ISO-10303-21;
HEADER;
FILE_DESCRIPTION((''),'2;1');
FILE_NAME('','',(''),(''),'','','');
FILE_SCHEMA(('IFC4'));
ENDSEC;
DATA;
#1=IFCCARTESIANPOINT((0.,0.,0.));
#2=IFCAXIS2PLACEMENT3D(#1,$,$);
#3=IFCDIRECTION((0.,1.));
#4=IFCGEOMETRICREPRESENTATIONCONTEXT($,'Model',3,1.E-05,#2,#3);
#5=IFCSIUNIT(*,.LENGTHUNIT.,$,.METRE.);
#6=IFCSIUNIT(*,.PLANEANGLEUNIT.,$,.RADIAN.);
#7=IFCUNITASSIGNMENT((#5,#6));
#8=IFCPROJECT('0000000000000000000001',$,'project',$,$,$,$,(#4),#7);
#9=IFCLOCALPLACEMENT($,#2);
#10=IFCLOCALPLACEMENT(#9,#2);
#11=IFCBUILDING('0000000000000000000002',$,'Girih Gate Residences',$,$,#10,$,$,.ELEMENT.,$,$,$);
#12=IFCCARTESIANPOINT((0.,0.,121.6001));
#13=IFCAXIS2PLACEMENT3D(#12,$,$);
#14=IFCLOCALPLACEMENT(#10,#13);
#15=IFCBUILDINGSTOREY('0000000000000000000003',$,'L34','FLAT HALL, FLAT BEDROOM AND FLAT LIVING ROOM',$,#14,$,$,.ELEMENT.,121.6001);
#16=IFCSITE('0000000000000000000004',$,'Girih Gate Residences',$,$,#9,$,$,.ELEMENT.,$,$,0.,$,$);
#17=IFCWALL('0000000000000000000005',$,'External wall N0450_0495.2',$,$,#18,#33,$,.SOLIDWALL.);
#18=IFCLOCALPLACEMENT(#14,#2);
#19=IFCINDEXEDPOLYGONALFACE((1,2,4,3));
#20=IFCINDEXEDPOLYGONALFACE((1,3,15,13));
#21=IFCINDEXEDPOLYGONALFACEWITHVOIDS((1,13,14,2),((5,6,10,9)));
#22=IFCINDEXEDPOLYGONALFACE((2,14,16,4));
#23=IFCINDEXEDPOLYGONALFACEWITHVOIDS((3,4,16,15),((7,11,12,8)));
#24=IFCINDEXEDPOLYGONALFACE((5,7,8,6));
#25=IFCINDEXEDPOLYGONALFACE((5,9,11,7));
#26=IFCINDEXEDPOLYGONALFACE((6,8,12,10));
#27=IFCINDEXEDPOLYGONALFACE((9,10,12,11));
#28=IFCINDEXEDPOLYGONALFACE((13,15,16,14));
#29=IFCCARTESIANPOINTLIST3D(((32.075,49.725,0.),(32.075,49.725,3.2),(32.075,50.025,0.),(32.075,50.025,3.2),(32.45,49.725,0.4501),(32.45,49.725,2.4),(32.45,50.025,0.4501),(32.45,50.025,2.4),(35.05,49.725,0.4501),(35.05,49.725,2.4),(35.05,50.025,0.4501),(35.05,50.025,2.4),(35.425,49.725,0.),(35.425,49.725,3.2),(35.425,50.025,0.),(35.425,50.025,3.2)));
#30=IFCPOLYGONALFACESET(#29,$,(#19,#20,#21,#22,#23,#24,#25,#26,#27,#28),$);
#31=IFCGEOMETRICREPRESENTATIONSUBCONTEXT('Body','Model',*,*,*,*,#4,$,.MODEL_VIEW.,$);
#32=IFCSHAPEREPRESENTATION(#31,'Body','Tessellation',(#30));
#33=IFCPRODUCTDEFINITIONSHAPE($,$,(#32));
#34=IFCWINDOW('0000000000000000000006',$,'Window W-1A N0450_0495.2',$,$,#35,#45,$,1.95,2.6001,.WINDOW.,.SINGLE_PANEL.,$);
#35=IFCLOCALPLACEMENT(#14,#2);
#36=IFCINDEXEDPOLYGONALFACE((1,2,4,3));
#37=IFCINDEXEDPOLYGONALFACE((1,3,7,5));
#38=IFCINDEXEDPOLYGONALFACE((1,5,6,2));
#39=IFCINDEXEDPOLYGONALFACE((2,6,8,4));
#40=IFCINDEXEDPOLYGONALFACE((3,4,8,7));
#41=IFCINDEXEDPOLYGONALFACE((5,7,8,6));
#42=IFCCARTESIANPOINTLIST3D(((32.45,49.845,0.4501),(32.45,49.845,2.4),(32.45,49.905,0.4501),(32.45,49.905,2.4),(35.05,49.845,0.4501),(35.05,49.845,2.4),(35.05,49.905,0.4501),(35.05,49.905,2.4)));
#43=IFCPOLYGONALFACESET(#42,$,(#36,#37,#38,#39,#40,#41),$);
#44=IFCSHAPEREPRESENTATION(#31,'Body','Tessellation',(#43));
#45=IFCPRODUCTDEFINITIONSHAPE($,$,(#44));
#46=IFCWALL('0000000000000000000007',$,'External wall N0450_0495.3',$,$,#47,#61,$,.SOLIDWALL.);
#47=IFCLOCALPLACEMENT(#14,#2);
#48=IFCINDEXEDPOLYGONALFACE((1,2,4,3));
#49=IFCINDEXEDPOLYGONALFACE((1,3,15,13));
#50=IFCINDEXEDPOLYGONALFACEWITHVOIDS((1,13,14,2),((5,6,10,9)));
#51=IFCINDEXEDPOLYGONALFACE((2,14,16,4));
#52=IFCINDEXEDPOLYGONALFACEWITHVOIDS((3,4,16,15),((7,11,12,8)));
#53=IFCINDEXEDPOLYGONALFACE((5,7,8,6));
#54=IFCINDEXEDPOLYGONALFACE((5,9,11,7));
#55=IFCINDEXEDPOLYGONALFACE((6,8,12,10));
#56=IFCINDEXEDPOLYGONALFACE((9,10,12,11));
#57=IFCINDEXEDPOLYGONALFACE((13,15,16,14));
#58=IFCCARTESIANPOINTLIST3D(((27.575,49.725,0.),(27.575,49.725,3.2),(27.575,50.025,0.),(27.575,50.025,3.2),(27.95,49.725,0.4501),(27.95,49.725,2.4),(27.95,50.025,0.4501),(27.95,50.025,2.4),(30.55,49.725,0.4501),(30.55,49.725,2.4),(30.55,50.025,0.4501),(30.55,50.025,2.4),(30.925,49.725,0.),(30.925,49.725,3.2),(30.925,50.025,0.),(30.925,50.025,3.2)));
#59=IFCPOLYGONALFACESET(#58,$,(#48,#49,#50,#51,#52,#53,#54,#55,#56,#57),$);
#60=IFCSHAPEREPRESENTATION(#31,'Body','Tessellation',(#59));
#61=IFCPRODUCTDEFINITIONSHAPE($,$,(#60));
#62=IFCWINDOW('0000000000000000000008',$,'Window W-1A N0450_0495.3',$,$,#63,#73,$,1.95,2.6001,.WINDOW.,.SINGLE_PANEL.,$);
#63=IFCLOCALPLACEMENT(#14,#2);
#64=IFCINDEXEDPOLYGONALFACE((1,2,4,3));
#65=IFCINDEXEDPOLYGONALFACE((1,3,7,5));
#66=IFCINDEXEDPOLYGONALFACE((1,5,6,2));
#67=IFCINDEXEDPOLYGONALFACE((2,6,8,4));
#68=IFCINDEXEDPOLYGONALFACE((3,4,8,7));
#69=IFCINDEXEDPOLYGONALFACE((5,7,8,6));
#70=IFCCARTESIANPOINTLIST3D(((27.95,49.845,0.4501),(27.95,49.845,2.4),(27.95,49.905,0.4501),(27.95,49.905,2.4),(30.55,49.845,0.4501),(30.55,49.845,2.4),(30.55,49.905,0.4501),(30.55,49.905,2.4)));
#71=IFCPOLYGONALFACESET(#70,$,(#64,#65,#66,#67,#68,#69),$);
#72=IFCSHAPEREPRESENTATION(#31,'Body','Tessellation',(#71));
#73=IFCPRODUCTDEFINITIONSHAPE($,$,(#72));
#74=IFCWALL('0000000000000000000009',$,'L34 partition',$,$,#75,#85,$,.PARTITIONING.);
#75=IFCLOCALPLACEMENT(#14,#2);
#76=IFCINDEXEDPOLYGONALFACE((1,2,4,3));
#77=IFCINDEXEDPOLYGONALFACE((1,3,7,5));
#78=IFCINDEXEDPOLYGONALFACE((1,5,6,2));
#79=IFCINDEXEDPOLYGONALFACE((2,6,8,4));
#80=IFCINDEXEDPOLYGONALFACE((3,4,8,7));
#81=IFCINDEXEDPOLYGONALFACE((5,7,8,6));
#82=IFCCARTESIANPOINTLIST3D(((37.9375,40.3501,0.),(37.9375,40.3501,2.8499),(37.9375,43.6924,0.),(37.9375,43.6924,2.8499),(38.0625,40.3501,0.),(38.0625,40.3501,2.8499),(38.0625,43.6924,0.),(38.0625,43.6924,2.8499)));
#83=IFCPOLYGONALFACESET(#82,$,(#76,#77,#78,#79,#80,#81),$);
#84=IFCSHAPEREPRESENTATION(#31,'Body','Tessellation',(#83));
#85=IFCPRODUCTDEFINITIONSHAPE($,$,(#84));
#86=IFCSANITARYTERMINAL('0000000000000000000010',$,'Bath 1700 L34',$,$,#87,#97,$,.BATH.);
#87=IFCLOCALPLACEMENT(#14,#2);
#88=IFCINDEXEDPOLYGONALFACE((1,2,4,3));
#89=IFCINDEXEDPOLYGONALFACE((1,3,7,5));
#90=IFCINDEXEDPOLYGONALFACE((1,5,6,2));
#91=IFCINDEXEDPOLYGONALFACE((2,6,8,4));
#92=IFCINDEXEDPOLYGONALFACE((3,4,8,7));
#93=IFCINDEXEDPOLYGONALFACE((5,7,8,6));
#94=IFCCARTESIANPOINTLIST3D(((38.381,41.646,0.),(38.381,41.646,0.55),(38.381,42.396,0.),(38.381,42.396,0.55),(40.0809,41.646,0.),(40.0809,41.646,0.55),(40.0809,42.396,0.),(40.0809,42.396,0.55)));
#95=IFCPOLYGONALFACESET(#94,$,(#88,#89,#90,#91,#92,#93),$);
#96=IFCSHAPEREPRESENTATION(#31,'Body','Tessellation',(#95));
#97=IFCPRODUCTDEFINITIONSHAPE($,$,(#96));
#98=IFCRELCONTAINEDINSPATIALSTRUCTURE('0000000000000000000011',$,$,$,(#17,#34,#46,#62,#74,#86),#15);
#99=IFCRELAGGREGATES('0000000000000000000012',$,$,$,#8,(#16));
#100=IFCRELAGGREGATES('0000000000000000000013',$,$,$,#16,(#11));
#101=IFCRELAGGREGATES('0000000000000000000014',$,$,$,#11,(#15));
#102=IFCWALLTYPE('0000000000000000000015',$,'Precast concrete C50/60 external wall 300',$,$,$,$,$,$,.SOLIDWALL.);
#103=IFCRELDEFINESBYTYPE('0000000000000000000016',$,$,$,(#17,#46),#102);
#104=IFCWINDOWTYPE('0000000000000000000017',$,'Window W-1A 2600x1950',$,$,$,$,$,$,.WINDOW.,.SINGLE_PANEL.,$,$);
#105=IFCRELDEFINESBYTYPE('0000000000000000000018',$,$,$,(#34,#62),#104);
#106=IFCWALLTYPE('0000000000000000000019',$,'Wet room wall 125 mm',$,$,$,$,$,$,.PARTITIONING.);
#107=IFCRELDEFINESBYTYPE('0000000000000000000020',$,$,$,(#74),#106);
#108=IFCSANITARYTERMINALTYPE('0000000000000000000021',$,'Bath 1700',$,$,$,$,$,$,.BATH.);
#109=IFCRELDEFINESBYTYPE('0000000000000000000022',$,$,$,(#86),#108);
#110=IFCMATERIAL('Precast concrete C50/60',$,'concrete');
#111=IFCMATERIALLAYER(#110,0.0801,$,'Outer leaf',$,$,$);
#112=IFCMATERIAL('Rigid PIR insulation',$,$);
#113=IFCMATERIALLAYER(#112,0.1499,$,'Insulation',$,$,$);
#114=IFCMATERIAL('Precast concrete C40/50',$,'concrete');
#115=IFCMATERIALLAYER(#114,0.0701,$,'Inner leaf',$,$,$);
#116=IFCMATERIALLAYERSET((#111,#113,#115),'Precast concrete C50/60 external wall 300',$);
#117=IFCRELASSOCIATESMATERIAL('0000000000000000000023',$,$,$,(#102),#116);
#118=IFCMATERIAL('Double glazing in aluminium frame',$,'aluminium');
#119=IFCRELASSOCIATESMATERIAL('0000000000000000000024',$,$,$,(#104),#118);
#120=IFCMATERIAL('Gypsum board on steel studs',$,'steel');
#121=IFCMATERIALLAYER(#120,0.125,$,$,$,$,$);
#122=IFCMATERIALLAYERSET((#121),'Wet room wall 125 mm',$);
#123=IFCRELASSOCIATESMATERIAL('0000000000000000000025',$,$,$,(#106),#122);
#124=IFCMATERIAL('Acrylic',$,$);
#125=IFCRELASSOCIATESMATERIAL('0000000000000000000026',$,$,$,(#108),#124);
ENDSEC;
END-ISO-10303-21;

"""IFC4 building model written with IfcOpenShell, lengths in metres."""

from ifc_helpers import new_model, si_unit, direction, frame, frame_2d, origin, origin_2d, place, context, subcontext, project, spatial, rectangle, extrude, material, layer, layer_set, type_object, element, fill, save


model = new_model("IFC4")

# Units and contexts
model_context = context("Model", 3, precision=1e-05, world=origin(), true_north=direction((0.0, 1.0)))
body_context = subcontext(model_context, "Body", "Model", "MODEL_VIEW")
ifc_project = project(units=[si_unit("LENGTHUNIT", "METRE"), si_unit("PLANEANGLEUNIT", "RADIAN")], contexts=[model_context])

# Site, building, storey
site_placement = place(None, origin())
site = spatial("IfcSite", under=ifc_project, at=site_placement, Name="Girih Gate Residences", CompositionType="ELEMENT", RefElevation=0.0)
building_placement = place(site_placement, origin())
building = spatial("IfcBuilding", under=site, at=building_placement, Name="Girih Gate Residences", CompositionType="ELEMENT")
storey_placement = place(building_placement, frame((0.0, 0.0, 121.6001)))
storey = spatial("IfcBuildingStorey", under=building, at=storey_placement, Name="L34", Description="FLAT HALL, FLAT BEDROOM AND FLAT LIVING ROOM", CompositionType="ELEMENT", Elevation=121.6001)

# Shared definitions
ifc_material_1 = material(Name="Gypsum board on steel studs", Category="steel")

# Walls, openings, windows
ifc_material_2 = material(Name="Precast concrete C50/60", Category="concrete")
ifc_layer_1 = layer(ifc_material_2, 0.0801, Name="Outer leaf")
ifc_material_3 = material(Name="Rigid PIR insulation")
ifc_layer_2 = layer(ifc_material_3, 0.1499, Name="Insulation")
ifc_material_4 = material(Name="Precast concrete C40/50", Category="concrete")
ifc_layer_3 = layer(ifc_material_4, 0.0701, Name="Inner leaf")
ifc_layer_set_1 = layer_set([ifc_layer_1, ifc_layer_2, ifc_layer_3], Name="Precast concrete C50/60 external wall 300")
wall_type_1 = type_object("IfcWallType", Name="Precast concrete C50/60 external wall 300", PredefinedType="SOLIDWALL", material=ifc_layer_set_1)
ifc_material_5 = material(Name="Double glazing in aluminium frame", Category="aluminium")
window_type = type_object("IfcWindowType", Name="Window W-1A 2600x1950", PartitioningType="SINGLE_PANEL", PredefinedType="WINDOW", material=ifc_material_5)
wall_1_placement = place(storey_placement, frame((32.075, 49.875, 0.0), z_axis=(0.0, 0.0, 1.0), x_axis=(1.0, 0.0, 0.0)))
wall_1 = element("IfcWall", 1, at=wall_1_placement, inside=storey, type_object=wall_type_1, Name="External wall N0450_0495.2", PredefinedType="SOLIDWALL", context=body_context, shape_type="SweptSolid", body=[
    extrude(rectangle(XDim=3.3501, YDim=0.3, at=frame_2d((1.675, 0.0))), origin(), (0.0, 0.0, 1.0), 3.2),
])
opening_1_placement = place(wall_1_placement, frame((0.375, 0.0, 0.45)))
opening_1 = element("IfcOpeningElement", 2, at=opening_1_placement, cuts=wall_1, PredefinedType="OPENING", context=body_context, shape_type="SweptSolid", body=[
    extrude(rectangle(XDim=2.6001, YDim=1.95, at=frame_2d((1.3, 0.9751))), frame((0.0, 0.1599, 0.0), z_axis=(0.0, -1.0, 0.0), x_axis=(1.0, 0.0, 0.0)), (0.0, 0.0, 1.0), 0.3201),
])
window_1_placement = place(opening_1_placement, origin())
window_1 = element("IfcWindow", 3, at=window_1_placement, inside=storey, type_object=window_type, Name="Window W-1A N0450_0495.2", OverallHeight=1.95, OverallWidth=2.6001, PartitioningType="SINGLE_PANEL", PredefinedType="WINDOW", context=body_context, shape_type="SweptSolid", body=[
    extrude(rectangle(XDim=2.6001, YDim=1.95, at=frame_2d((1.3, 0.9751))), frame((0.0, 0.03, 0.0), z_axis=(0.0, -1.0, 0.0), x_axis=(1.0, 0.0, 0.0)), (0.0, 0.0, 1.0), 0.0601),
])
fill(opening_1, window_1)
wall_2_placement = place(storey_placement, frame((27.575, 49.875, 0.0), z_axis=(0.0, 0.0, 1.0), x_axis=(1.0, 0.0, 0.0)))
wall_2 = element("IfcWall", 4, at=wall_2_placement, inside=storey, type_object=wall_type_1, Name="External wall N0450_0495.3", PredefinedType="SOLIDWALL", context=body_context, shape_type="SweptSolid", body=[
    extrude(rectangle(XDim=3.3501, YDim=0.3, at=frame_2d((1.675, 0.0))), origin(), (0.0, 0.0, 1.0), 3.2),
])
opening_2_placement = place(wall_2_placement, frame((0.375, 0.0, 0.45)))
opening_2 = element("IfcOpeningElement", 5, at=opening_2_placement, cuts=wall_2, PredefinedType="OPENING", context=body_context, shape_type="SweptSolid", body=[
    extrude(rectangle(XDim=2.6001, YDim=1.95, at=frame_2d((1.3, 0.9751))), frame((0.0, 0.1599, 0.0), z_axis=(0.0, -1.0, 0.0), x_axis=(1.0, 0.0, 0.0)), (0.0, 0.0, 1.0), 0.3201),
])
window_2_placement = place(opening_2_placement, origin())
window_2 = element("IfcWindow", 6, at=window_2_placement, inside=storey, type_object=window_type, Name="Window W-1A N0450_0495.3", OverallHeight=1.95, OverallWidth=2.6001, PartitioningType="SINGLE_PANEL", PredefinedType="WINDOW", context=body_context, shape_type="SweptSolid", body=[
    extrude(rectangle(XDim=2.6001, YDim=1.95, at=frame_2d((1.3, 0.9751))), frame((0.0, 0.03, 0.0), z_axis=(0.0, -1.0, 0.0), x_axis=(1.0, 0.0, 0.0)), (0.0, 0.0, 1.0), 0.0601),
])
fill(opening_2, window_2)

# Wall
ifc_layer_4 = layer(ifc_material_1, 0.125)
ifc_layer_set_2 = layer_set([ifc_layer_4], Name="Wet room wall 125 mm")
wall_type_2 = type_object("IfcWallType", Name="Wet room wall 125 mm", PredefinedType="PARTITIONING", material=ifc_layer_set_2)
wall_3_placement = place(storey_placement, frame((38.0, 40.3501, 0.0), z_axis=(0.0, 0.0, 1.0), x_axis=(0.0, 1.0, 0.0)))
element("IfcWall", 7, at=wall_3_placement, inside=storey, type_object=wall_type_2, Name="L34 partition", PredefinedType="PARTITIONING", context=body_context, shape_type="SweptSolid", body=[
    extrude(rectangle(XDim=3.3423, YDim=0.125, at=frame_2d((1.6711, 0.0))), origin(), (0.0, 0.0, 1.0), 2.8499),
])

# Sanitary terminal
ifc_material_6 = material(Name="Acrylic")
sanitary_terminal_type = type_object("IfcSanitaryTerminalType", Name="Bath 1700", PredefinedType="BATH", material=ifc_material_6)
sanitary_terminal_placement = place(storey_placement, frame((39.231, 42.021, 0.0), z_axis=(0.0, 0.0, 1.0), x_axis=(1.0, 0.0, 0.0)))
element("IfcSanitaryTerminal", 8, at=sanitary_terminal_placement, inside=storey, type_object=sanitary_terminal_type, Name="Bath 1700 L34", PredefinedType="BATH", context=body_context, shape_type="SweptSolid", body=[
    extrude(rectangle(XDim=1.7, YDim=0.75, at=origin_2d()), origin(), (0.0, 0.0, 1.0), 0.55),
])

save(model, "model.ifc")
